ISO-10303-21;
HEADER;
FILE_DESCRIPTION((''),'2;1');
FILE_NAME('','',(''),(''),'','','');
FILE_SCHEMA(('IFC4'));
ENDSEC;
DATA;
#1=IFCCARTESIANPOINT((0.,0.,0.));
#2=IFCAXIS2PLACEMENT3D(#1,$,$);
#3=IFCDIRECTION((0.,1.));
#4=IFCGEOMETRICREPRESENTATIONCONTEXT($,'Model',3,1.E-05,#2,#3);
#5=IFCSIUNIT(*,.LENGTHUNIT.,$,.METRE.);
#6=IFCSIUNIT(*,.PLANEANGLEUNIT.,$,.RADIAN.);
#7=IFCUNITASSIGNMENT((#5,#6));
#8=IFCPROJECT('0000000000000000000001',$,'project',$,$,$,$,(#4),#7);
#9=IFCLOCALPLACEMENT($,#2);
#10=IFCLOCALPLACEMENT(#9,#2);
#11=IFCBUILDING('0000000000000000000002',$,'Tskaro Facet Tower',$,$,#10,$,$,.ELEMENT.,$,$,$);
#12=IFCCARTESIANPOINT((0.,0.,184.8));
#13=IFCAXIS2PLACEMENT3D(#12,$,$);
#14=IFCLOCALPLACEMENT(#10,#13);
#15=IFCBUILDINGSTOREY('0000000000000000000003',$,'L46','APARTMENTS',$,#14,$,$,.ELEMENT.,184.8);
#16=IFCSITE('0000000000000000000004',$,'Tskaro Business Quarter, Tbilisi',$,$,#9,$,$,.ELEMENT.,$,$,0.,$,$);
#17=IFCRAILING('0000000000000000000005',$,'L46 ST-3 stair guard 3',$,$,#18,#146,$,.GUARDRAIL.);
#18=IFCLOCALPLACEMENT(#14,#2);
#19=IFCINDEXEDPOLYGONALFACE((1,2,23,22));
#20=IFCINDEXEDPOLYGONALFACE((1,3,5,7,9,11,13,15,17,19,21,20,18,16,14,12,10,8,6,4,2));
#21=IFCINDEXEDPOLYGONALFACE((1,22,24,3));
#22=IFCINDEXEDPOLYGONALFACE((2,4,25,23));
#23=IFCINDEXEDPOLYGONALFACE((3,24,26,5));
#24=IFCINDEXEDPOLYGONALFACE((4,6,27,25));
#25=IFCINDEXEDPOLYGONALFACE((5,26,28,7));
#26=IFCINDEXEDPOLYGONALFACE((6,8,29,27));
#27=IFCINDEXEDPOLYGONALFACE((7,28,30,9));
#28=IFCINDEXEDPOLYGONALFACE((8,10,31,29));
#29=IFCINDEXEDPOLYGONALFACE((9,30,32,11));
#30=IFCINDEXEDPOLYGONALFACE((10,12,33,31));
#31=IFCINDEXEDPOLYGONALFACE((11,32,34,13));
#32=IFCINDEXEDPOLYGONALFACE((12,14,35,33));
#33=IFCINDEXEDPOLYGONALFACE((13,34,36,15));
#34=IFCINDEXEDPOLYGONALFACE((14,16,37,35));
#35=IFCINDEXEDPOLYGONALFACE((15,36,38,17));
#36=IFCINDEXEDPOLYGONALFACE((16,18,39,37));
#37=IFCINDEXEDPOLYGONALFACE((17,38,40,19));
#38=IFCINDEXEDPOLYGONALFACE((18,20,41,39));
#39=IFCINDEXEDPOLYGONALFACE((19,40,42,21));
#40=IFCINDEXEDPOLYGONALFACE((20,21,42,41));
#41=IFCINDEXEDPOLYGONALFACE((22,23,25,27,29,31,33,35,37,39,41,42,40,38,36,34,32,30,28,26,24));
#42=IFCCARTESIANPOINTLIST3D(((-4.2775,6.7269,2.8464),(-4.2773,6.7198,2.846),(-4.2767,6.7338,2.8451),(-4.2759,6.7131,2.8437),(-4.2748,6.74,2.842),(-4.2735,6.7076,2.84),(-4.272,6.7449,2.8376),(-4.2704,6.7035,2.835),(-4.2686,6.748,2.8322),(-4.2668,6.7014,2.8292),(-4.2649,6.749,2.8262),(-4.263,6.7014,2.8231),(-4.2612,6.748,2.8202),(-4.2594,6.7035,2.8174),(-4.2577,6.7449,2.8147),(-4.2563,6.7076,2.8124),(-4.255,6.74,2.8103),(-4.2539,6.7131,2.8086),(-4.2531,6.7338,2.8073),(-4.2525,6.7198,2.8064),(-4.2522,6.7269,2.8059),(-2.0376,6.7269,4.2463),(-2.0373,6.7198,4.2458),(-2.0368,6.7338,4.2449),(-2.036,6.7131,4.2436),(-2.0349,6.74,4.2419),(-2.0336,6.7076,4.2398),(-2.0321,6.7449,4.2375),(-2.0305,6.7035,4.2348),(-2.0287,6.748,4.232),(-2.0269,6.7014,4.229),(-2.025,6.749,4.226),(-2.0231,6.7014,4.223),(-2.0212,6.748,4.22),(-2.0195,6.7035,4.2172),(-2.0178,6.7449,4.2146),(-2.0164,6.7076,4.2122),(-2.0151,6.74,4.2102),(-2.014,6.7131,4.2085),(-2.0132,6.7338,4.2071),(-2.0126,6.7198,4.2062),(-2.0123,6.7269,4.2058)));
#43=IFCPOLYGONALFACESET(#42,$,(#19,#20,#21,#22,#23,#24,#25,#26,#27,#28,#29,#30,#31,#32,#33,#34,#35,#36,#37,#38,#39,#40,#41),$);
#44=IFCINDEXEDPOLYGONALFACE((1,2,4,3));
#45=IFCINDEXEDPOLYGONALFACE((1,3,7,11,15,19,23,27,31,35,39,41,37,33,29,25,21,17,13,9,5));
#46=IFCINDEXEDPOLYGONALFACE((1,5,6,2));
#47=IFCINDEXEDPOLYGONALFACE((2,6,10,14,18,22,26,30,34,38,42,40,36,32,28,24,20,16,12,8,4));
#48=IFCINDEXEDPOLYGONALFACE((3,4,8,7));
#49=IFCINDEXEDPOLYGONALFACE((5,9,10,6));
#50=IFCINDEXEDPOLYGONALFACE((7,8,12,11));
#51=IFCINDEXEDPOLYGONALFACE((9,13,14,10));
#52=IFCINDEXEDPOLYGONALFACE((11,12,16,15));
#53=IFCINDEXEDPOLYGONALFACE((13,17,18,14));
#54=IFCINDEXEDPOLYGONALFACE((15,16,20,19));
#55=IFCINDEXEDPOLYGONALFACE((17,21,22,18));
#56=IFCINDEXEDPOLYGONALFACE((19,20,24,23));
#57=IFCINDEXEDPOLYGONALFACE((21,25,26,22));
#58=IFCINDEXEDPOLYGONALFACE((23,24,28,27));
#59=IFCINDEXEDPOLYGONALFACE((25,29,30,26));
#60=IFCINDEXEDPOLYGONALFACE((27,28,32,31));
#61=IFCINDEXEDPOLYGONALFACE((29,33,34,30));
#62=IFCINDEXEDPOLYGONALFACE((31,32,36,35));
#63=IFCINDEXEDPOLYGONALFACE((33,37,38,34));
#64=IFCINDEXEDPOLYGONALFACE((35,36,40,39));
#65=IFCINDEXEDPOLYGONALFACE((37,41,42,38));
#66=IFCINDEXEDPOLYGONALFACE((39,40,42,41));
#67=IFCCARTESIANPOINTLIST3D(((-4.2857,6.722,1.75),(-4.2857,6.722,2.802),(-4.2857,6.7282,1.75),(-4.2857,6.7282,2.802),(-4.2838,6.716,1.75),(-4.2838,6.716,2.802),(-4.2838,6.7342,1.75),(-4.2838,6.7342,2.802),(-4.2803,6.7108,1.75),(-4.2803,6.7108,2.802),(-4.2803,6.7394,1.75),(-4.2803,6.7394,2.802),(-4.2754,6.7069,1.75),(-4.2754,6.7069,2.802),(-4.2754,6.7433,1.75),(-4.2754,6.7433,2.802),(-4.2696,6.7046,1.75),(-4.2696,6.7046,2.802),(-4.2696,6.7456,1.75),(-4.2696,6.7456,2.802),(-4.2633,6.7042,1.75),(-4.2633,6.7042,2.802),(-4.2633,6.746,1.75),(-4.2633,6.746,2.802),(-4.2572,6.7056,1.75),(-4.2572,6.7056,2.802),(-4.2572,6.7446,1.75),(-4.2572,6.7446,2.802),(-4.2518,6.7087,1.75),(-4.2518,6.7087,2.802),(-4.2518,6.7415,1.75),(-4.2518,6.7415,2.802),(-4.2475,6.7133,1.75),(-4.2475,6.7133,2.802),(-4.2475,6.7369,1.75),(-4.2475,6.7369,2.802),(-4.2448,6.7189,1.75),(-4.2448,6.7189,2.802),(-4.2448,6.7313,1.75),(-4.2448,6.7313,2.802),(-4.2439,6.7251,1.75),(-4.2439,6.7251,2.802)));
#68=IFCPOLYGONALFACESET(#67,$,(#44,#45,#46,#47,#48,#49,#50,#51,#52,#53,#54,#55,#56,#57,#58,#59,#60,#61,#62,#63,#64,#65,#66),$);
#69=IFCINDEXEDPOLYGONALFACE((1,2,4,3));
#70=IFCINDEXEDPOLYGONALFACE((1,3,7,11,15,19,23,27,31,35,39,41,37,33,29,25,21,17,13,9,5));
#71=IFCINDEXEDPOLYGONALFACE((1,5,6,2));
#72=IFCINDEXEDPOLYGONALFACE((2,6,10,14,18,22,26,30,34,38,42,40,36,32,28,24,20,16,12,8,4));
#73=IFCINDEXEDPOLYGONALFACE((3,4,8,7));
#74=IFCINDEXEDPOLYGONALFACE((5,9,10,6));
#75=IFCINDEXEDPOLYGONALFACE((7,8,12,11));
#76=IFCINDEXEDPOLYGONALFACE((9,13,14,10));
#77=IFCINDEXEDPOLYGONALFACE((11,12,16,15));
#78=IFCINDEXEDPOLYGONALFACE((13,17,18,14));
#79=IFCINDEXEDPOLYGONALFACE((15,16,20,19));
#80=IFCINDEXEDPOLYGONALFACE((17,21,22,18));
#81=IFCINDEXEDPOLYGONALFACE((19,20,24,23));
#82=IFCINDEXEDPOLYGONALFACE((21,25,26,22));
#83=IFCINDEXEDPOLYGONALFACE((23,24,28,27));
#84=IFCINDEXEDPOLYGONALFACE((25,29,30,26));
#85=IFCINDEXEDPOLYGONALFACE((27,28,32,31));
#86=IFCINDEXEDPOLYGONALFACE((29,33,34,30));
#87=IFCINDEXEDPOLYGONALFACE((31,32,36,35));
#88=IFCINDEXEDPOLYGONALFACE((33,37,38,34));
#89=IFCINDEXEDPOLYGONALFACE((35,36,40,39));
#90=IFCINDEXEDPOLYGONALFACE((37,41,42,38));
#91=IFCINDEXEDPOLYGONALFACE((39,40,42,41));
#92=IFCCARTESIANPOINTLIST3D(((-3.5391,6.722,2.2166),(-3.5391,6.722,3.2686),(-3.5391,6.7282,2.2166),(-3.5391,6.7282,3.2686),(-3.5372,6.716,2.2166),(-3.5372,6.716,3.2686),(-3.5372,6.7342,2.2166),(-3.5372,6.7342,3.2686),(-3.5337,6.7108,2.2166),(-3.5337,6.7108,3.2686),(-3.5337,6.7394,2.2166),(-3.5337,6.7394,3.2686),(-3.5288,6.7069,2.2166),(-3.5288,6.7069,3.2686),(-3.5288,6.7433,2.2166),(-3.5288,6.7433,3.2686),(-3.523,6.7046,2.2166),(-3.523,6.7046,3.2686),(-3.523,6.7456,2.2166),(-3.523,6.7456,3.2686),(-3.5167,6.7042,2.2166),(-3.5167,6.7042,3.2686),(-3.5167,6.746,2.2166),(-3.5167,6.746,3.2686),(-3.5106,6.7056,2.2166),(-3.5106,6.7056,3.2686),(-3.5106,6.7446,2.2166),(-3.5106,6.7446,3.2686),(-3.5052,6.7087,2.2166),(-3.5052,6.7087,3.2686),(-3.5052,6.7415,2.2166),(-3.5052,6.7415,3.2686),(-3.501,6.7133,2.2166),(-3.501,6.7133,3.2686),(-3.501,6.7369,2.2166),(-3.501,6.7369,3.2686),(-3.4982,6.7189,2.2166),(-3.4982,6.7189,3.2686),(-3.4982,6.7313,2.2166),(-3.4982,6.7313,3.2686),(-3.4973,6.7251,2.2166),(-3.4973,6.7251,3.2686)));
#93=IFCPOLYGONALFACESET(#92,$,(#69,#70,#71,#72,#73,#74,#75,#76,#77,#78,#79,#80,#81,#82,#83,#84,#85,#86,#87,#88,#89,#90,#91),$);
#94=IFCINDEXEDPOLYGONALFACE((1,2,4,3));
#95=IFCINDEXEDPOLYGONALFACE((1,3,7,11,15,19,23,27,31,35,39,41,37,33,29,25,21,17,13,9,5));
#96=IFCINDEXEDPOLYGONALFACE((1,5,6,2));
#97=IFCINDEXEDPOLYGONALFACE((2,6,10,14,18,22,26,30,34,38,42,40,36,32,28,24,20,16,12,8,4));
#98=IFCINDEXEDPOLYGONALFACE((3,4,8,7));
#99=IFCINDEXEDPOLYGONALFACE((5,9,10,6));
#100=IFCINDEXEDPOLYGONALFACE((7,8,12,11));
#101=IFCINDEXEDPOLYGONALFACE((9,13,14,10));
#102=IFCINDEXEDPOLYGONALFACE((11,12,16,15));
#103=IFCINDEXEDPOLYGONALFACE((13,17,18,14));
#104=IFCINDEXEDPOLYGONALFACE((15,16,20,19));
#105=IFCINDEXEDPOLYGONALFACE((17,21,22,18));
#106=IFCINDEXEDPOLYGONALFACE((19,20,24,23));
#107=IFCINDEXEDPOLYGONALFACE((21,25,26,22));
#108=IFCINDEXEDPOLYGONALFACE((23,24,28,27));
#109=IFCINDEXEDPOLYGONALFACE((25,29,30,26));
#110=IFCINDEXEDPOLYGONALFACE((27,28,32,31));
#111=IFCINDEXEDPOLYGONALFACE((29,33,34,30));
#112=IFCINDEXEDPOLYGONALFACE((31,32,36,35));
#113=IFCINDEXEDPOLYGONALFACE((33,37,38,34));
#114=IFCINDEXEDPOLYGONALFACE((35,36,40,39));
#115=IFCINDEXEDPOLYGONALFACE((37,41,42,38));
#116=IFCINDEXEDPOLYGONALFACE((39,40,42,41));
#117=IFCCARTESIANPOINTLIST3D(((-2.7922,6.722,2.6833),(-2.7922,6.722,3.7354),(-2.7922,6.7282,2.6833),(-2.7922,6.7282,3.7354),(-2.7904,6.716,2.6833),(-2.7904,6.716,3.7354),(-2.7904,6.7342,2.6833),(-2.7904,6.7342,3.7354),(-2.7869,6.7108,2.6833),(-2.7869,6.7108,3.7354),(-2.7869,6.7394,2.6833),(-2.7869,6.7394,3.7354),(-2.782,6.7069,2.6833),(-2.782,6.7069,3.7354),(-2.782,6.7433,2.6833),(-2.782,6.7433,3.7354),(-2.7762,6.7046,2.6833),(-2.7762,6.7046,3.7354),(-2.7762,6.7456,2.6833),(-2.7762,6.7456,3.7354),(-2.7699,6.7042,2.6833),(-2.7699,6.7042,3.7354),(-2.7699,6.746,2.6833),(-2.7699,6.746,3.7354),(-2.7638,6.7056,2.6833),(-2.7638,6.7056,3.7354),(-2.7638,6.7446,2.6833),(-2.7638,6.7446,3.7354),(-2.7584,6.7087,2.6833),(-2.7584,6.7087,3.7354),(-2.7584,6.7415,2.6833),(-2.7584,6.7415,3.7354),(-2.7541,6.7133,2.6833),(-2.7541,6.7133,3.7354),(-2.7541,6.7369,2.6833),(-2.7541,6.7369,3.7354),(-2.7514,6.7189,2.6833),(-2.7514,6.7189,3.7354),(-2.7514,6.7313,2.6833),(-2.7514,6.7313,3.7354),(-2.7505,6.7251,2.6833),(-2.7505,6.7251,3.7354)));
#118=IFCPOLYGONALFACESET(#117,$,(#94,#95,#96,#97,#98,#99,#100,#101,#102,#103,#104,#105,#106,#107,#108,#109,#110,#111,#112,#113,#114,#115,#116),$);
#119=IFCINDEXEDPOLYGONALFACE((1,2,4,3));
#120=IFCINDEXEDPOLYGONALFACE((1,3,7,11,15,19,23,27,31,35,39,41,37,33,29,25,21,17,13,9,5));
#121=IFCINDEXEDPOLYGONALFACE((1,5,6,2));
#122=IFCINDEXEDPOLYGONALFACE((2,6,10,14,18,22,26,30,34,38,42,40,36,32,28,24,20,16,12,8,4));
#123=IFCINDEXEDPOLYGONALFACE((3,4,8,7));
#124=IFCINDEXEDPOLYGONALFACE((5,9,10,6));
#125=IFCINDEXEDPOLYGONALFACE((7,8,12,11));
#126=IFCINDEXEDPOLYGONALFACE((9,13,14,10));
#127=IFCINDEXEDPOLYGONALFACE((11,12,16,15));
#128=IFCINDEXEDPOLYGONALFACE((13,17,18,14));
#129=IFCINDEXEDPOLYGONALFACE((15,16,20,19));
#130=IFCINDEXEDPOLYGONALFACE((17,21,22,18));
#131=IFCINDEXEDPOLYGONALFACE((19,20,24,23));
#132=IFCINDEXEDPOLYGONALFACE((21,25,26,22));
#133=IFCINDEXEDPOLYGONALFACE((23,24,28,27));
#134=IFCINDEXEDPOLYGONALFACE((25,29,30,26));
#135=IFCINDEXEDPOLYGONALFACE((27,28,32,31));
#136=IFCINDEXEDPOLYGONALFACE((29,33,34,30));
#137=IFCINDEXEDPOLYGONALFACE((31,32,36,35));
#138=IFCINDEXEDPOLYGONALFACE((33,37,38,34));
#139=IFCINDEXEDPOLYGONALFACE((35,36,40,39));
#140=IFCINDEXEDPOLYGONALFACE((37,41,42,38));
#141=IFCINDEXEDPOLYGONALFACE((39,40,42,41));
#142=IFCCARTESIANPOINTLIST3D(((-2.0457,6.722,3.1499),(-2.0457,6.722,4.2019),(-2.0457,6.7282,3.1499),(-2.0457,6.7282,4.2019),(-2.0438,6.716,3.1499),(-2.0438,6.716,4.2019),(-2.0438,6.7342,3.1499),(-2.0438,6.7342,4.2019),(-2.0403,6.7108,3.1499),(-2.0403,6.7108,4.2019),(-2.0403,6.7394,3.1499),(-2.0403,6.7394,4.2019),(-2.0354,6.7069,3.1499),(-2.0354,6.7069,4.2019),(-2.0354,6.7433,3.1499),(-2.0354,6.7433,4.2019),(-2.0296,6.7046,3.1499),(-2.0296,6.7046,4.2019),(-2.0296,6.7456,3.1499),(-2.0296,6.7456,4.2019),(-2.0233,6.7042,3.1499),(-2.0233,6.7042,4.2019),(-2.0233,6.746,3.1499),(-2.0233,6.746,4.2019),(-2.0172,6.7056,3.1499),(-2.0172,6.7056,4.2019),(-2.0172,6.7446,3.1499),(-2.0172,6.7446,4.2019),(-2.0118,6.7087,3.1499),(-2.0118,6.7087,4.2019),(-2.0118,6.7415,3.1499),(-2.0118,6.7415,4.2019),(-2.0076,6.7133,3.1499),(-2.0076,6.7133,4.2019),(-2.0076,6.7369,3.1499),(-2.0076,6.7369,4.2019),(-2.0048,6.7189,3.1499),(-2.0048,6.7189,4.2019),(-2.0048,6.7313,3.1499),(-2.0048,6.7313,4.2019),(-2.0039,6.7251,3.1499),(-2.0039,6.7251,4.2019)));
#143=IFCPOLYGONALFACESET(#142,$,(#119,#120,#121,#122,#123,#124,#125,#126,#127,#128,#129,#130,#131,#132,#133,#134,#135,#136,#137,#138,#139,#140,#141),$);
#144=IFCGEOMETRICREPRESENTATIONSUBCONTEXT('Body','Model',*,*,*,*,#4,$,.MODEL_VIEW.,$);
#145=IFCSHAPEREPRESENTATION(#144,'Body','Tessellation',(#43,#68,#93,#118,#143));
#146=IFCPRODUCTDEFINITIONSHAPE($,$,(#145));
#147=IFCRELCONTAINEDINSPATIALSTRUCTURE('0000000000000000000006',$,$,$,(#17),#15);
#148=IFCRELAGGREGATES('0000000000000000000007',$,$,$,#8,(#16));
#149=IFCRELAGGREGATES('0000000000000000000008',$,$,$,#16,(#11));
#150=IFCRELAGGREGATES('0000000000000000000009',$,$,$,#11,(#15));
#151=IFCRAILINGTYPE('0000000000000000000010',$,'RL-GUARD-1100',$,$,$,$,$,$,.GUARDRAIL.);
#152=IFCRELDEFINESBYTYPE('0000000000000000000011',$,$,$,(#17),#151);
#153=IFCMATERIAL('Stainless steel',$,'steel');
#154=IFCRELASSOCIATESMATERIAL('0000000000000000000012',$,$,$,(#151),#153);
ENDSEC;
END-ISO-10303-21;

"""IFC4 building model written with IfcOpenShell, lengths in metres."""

from ifc_helpers import new_model, si_unit, direction, frame, origin, origin_2d, place, context, subcontext, project, spatial, circle, extrude, material, type_object, element, save


model = new_model("IFC4")

# Units and contexts
model_context = context("Model", 3, precision=1e-05, world=origin(), true_north=direction((0.0, 1.0)))
body_context = subcontext(model_context, "Body", "Model", "MODEL_VIEW")
ifc_project = project(units=[si_unit("LENGTHUNIT", "METRE"), si_unit("PLANEANGLEUNIT", "RADIAN")], contexts=[model_context])

# Site, building, storey
site_placement = place(None, origin())
site = spatial("IfcSite", under=ifc_project, at=site_placement, Name="Tskaro Business Quarter, Tbilisi", CompositionType="ELEMENT", RefElevation=0.0)
building_placement = place(site_placement, origin())
building = spatial("IfcBuilding", under=site, at=building_placement, Name="Tskaro Facet Tower", CompositionType="ELEMENT")
storey_placement = place(building_placement, frame((0.0, 0.0, 184.8)))
storey = spatial("IfcBuildingStorey", under=building, at=storey_placement, Name="L46", Description="APARTMENTS", CompositionType="ELEMENT", Elevation=184.8)

# Railing
ifc_material_1 = material(Name="Stainless steel", Category="steel")
railing_type_1 = type_object("IfcRailingType", Name="RL-GUARD-1100", PredefinedType="GUARDRAIL", material=ifc_material_1)
railing_1_placement = place(storey_placement, frame((-4.2649, 6.7251, 1.75)))
element("IfcRailing", 1, at=railing_1_placement, inside=storey, type_object=railing_type_1, Name="L46 ST-3 stair guard 3", PredefinedType="GUARDRAIL", context=body_context, shape_type="SweptSolid", body=[
    extrude(circle(Radius=0.0239, at=origin_2d()), frame((0.0, 0.0, 1.0762), z_axis=(0.848014, 0.0, 0.529974), x_axis=(0.0, 1.0, 0.0)), (0.0, 0.0, 1.0), 2.6414),
    extrude(circle(Radius=0.021, at=origin_2d()), origin(), (0.0, 0.0, 1.0), 1.052),
    extrude(circle(Radius=0.021, at=origin_2d()), frame((0.7466, 0.0, 0.4666)), (0.0, 0.0, 1.0), 1.052),
    extrude(circle(Radius=0.021, at=origin_2d()), frame((1.4934, 0.0, 0.9333)), (0.0, 0.0, 1.0), 1.052),
    extrude(circle(Radius=0.021, at=origin_2d()), frame((2.24, 0.0, 1.3999)), (0.0, 0.0, 1.0), 1.052),
])

save(model, "model.ifc")
